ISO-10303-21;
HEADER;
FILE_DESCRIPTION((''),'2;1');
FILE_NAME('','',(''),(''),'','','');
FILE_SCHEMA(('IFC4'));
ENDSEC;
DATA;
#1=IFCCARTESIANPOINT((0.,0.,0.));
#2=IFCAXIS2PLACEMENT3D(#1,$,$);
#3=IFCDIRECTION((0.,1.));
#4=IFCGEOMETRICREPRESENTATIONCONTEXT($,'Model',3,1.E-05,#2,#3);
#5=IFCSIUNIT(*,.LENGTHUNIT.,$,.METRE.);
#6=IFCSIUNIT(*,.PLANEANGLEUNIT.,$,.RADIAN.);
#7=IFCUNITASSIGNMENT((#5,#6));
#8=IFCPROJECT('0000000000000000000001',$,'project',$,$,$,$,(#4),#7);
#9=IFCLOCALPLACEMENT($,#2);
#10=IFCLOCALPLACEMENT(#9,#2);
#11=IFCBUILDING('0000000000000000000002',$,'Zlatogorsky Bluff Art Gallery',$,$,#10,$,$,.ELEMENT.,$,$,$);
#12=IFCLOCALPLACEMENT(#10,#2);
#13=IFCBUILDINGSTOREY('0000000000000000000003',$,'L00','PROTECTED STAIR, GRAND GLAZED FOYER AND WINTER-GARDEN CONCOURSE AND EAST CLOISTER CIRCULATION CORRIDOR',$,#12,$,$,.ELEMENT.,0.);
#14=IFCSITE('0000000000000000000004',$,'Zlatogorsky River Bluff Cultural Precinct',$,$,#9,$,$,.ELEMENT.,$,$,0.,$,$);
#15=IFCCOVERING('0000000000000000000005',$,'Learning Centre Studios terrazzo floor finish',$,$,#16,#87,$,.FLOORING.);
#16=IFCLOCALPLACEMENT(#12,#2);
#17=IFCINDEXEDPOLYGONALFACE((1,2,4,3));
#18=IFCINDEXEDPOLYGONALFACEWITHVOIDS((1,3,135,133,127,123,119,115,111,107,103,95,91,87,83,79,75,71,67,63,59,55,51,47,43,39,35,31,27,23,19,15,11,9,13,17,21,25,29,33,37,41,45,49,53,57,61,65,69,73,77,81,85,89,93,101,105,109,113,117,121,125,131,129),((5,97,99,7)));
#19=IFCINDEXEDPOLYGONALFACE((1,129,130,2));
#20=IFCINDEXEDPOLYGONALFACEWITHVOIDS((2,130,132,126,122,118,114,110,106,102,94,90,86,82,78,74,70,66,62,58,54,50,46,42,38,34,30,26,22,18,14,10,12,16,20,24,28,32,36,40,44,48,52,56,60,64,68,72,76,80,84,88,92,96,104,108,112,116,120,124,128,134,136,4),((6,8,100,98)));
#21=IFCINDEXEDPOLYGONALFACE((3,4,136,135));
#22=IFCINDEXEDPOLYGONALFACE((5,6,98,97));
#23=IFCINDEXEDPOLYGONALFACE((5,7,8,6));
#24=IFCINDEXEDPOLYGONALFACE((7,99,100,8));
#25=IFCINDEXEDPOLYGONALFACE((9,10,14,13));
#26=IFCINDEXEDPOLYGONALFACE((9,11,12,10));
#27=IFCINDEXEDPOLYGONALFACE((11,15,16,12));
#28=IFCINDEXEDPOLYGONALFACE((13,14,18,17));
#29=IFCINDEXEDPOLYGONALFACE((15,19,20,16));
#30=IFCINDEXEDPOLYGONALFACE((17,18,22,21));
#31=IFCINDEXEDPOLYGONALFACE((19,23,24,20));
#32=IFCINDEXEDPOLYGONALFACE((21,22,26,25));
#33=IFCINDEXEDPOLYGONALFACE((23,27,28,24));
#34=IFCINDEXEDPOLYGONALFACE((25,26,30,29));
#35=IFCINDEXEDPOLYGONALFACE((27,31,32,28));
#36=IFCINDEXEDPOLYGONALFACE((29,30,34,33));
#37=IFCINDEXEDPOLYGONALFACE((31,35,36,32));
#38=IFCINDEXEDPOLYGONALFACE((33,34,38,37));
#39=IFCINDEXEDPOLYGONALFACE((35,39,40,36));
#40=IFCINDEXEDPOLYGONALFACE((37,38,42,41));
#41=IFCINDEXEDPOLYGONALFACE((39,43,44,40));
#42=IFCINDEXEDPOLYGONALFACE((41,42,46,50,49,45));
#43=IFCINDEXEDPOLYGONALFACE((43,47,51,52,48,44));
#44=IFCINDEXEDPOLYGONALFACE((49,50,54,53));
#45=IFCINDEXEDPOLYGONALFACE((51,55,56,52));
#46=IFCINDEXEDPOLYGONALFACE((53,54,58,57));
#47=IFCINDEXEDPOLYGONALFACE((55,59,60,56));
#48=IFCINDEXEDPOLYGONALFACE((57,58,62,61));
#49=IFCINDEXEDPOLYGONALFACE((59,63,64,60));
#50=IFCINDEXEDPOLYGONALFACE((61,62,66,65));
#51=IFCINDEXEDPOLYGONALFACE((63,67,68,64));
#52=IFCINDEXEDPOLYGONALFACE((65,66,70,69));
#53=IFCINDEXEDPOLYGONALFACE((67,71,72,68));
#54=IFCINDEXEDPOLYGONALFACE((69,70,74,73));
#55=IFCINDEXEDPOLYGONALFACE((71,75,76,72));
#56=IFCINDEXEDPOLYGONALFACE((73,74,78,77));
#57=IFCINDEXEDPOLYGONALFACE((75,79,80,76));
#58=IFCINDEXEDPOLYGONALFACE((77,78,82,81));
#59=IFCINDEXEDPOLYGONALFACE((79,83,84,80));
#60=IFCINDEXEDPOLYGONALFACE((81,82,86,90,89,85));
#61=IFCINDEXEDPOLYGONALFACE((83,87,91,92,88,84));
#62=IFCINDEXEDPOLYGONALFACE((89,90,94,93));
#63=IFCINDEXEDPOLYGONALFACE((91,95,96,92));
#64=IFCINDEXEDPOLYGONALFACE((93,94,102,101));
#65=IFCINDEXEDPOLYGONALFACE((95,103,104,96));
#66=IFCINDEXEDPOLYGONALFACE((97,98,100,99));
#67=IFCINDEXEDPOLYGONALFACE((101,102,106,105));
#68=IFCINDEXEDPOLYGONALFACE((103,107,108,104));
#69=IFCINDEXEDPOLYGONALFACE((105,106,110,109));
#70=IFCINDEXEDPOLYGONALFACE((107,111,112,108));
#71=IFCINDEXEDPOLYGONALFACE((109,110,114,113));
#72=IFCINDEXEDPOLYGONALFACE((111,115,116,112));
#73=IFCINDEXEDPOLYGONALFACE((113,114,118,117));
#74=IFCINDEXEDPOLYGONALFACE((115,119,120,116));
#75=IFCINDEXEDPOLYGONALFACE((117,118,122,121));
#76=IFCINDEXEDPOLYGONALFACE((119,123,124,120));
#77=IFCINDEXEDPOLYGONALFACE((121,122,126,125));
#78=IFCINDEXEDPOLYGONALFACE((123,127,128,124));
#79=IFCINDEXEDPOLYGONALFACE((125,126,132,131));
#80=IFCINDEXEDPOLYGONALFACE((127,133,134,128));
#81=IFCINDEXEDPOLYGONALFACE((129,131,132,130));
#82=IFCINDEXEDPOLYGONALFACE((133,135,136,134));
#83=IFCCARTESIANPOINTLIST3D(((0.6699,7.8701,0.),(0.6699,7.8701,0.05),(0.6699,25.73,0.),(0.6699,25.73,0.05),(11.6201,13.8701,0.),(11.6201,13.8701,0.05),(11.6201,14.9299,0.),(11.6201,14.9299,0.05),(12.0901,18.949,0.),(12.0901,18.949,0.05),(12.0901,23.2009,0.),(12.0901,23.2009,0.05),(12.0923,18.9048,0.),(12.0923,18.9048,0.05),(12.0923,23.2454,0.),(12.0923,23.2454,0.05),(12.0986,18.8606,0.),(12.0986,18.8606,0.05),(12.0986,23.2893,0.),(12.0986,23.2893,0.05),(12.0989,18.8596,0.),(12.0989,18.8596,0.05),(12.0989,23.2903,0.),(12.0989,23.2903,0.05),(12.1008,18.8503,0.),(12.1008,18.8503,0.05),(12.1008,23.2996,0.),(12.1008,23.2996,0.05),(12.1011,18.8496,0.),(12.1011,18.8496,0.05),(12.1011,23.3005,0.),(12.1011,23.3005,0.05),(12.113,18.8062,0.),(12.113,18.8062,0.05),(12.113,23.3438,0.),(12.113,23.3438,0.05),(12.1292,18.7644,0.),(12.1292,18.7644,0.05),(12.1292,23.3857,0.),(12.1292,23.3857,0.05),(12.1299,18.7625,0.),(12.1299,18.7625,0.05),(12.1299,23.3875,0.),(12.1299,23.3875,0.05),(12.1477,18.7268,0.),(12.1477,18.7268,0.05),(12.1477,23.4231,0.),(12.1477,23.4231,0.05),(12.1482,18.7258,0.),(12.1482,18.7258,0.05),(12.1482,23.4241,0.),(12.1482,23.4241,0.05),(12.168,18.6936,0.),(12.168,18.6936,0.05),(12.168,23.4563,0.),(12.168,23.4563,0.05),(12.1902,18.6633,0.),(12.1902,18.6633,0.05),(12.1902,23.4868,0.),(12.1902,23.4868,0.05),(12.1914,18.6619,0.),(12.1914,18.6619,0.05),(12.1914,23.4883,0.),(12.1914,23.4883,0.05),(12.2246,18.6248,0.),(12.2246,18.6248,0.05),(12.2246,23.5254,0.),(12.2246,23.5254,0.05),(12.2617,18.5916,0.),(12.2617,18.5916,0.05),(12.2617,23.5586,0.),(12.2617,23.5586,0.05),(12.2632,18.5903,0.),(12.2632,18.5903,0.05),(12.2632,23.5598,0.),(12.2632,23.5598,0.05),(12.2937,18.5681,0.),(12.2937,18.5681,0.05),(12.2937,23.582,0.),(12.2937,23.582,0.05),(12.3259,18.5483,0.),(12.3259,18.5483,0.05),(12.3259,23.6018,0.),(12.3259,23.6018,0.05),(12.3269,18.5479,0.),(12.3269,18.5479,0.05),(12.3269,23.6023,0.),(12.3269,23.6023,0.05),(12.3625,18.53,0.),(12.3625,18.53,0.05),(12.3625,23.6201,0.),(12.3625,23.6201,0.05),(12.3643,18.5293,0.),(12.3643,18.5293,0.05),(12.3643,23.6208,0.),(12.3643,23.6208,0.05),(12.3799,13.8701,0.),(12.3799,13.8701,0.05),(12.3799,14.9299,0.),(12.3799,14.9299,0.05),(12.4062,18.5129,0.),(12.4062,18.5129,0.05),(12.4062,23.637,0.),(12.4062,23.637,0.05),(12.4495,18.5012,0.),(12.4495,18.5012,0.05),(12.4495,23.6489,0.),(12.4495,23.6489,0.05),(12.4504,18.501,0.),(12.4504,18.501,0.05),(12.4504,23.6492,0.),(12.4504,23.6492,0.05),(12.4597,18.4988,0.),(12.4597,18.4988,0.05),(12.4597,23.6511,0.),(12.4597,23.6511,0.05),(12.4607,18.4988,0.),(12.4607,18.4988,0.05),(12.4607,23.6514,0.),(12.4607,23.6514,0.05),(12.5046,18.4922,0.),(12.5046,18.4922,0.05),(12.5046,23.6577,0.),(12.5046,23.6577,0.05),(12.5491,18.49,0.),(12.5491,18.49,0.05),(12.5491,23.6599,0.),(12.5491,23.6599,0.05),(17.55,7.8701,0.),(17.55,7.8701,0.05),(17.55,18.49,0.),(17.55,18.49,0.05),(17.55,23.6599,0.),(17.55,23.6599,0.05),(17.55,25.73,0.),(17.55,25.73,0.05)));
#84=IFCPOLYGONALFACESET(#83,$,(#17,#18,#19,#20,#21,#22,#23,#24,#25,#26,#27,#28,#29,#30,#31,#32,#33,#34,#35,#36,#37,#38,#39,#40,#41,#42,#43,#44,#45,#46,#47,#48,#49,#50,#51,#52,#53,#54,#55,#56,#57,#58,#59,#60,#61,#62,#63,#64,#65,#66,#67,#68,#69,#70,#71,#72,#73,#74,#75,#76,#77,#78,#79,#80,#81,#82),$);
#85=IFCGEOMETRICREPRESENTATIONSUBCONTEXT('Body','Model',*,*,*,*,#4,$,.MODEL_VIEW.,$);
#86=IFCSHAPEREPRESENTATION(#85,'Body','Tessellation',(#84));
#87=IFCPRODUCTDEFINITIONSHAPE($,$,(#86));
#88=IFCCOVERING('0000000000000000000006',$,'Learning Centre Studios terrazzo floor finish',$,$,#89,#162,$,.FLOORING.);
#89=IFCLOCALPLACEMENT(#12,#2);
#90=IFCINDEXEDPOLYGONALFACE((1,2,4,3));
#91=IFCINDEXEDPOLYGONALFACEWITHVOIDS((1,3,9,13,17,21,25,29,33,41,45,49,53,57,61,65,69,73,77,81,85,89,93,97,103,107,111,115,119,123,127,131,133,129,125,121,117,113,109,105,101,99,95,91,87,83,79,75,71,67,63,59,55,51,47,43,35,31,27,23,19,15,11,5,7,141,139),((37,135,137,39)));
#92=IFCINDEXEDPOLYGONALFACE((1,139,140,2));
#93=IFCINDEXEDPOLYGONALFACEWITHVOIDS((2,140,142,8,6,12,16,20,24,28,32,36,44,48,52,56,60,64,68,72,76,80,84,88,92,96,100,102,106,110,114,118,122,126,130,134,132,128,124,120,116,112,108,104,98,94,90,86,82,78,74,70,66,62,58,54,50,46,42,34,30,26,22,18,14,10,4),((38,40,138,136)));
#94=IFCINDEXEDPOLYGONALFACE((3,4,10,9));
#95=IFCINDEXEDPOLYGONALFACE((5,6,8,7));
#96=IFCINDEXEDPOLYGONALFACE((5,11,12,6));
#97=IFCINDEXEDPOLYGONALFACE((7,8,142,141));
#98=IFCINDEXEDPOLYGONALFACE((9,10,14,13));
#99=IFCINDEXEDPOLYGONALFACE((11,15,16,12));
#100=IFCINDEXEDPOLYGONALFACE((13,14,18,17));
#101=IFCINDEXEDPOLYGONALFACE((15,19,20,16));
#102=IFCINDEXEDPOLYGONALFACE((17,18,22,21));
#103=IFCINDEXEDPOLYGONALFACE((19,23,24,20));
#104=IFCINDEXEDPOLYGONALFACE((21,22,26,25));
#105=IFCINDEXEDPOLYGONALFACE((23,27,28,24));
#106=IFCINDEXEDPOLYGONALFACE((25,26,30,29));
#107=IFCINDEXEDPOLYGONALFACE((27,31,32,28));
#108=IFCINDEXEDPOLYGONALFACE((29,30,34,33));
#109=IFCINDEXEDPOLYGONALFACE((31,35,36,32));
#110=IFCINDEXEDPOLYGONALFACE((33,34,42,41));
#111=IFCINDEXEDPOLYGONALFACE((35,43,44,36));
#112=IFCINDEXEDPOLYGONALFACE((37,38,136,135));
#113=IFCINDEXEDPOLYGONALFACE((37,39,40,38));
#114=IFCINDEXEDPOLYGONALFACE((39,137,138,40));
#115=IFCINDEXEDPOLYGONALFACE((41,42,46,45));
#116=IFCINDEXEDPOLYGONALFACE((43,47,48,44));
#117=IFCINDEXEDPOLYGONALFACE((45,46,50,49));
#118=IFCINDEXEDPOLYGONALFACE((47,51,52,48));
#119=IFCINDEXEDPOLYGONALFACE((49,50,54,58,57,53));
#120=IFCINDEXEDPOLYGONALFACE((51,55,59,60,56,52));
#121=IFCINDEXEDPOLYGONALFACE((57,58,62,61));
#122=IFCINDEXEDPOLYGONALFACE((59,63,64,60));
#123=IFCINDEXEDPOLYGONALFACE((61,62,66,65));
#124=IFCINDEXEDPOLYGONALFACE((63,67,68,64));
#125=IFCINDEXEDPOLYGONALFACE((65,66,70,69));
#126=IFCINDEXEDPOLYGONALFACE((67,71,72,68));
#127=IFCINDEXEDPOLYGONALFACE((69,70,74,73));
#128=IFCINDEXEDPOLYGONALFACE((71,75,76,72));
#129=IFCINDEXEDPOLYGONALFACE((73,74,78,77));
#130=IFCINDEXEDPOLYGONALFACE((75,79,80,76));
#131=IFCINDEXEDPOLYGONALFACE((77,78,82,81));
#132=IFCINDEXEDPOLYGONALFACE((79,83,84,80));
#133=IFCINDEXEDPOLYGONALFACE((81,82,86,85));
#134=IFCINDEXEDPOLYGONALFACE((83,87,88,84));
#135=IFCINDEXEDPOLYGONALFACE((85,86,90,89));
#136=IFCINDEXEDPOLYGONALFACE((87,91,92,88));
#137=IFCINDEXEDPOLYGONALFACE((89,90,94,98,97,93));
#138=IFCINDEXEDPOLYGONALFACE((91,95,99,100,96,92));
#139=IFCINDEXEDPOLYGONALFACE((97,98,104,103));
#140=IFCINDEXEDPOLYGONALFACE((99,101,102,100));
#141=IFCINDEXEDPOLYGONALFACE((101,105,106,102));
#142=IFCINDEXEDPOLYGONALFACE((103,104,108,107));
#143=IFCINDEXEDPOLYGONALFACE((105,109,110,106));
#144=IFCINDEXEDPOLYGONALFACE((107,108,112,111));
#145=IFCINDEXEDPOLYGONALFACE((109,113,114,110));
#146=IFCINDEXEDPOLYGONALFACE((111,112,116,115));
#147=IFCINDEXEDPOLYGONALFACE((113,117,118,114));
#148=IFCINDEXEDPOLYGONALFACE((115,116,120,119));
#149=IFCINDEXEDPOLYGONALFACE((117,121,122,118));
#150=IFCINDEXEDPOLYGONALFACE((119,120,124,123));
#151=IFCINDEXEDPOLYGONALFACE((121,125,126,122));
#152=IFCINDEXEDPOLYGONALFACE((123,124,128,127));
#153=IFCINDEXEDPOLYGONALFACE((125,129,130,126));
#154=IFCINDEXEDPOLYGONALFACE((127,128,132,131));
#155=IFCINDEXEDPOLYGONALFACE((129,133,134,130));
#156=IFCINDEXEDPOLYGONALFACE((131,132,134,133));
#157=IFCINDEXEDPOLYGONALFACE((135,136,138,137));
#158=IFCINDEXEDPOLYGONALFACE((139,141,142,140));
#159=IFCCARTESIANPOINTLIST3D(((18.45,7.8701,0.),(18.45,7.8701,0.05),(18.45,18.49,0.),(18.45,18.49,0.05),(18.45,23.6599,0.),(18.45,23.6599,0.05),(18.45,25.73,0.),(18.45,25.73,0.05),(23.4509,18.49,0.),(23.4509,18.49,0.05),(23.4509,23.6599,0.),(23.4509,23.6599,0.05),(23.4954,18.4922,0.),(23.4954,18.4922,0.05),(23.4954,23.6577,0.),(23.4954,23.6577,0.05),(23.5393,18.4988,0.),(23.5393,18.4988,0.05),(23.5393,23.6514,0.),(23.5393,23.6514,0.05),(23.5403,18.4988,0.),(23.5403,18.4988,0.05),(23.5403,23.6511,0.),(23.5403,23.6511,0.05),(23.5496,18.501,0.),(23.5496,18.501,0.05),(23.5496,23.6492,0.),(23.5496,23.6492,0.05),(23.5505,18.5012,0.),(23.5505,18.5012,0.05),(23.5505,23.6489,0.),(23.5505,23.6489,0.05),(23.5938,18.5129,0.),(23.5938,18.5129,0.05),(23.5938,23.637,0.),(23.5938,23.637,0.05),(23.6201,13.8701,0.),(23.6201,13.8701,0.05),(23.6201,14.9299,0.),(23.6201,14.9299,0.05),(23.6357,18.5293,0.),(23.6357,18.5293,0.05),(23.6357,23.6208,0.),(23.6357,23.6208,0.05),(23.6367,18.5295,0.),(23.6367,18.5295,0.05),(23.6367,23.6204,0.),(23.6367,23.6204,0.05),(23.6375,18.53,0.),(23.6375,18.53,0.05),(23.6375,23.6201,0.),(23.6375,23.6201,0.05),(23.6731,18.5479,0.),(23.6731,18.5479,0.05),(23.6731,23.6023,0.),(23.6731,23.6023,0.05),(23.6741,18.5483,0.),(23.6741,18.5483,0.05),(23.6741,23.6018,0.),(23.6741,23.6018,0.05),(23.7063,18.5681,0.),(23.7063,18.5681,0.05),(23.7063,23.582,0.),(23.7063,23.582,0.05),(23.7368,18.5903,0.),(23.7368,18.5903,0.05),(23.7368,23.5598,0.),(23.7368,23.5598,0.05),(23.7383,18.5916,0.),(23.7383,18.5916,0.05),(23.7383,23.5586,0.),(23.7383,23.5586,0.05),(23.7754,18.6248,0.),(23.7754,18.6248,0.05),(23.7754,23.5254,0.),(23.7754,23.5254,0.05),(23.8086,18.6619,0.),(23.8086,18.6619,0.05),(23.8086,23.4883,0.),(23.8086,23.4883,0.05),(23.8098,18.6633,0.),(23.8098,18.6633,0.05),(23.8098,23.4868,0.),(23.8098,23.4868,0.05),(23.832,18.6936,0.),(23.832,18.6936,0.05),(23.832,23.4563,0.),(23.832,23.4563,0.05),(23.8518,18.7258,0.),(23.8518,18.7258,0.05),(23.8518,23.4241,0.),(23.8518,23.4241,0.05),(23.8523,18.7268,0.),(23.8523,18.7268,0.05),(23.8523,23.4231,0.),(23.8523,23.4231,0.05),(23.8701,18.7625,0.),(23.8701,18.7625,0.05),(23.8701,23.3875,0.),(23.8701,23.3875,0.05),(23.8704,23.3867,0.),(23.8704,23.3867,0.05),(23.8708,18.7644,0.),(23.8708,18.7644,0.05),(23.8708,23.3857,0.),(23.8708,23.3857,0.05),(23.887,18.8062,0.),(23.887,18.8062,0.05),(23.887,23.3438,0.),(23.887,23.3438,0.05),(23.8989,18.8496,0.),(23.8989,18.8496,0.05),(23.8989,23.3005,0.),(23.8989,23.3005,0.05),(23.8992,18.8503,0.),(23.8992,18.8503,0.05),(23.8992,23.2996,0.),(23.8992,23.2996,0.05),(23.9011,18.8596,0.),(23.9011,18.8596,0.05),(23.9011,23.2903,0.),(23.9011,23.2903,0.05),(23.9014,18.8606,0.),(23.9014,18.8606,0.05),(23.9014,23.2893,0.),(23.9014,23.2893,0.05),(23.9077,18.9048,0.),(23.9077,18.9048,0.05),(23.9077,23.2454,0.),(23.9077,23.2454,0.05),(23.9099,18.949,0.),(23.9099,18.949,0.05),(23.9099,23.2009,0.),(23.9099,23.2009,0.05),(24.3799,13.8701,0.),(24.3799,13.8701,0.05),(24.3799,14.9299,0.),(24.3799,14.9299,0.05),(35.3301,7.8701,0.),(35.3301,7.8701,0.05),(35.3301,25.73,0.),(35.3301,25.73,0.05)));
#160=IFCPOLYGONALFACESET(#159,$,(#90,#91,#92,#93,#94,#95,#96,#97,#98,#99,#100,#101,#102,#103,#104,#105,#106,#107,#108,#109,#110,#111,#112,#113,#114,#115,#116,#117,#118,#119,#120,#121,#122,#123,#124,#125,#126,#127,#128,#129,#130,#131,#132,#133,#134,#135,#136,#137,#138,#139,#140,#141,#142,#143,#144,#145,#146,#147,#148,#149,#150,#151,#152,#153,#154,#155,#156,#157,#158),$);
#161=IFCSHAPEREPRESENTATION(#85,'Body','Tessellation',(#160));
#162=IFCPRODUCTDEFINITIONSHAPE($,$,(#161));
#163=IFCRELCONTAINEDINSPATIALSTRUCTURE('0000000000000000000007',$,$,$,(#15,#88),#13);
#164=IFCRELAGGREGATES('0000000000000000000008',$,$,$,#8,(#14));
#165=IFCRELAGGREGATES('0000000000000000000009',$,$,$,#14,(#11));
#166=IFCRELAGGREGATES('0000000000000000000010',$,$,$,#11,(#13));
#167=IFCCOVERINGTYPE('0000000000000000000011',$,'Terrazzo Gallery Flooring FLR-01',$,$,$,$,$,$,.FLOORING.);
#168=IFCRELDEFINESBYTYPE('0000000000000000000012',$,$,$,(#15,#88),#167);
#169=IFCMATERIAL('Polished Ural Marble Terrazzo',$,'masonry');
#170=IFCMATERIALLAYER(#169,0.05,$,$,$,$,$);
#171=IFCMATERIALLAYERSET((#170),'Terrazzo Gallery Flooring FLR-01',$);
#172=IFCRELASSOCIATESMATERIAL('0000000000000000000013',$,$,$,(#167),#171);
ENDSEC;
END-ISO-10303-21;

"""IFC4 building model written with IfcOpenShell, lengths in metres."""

from ifc_helpers import new_model, si_unit, direction, origin, place, context, subcontext, project, spatial, polyline, outline, extrude, material, layer, layer_set, type_object, element, save


model = new_model("IFC4")

# Units and contexts
model_context = context("Model", 3, precision=1e-05, world=origin(), true_north=direction((0.0, 1.0)))
body_context = subcontext(model_context, "Body", "Model", "MODEL_VIEW")
ifc_project = project(units=[si_unit("LENGTHUNIT", "METRE"), si_unit("PLANEANGLEUNIT", "RADIAN")], contexts=[model_context])

# Site, building, storey
site_placement = place(None, origin())
site = spatial("IfcSite", under=ifc_project, at=site_placement, Name="Zlatogorsky River Bluff Cultural Precinct", CompositionType="ELEMENT", RefElevation=0.0)
building_placement = place(site_placement, origin())
building = spatial("IfcBuilding", under=site, at=building_placement, Name="Zlatogorsky Bluff Art Gallery", CompositionType="ELEMENT")
storey_placement = place(building_placement, origin())
storey = spatial("IfcBuildingStorey", under=building, at=storey_placement, Name="L00", Description="PROTECTED STAIR, GRAND GLAZED FOYER AND WINTER-GARDEN CONCOURSE AND EAST CLOISTER CIRCULATION CORRIDOR", CompositionType="ELEMENT", Elevation=0.0)

# Coverings
ifc_material_1 = material(Name="Polished Ural Marble Terrazzo", Category="masonry")
ifc_layer_1 = layer(ifc_material_1, 0.05)
ifc_layer_set_1 = layer_set([ifc_layer_1], Name="Terrazzo Gallery Flooring FLR-01")
covering_type_1 = type_object("IfcCoveringType", Name="Terrazzo Gallery Flooring FLR-01", PredefinedType="FLOORING", material=ifc_layer_set_1)
covering_1_placement = place(storey_placement, origin())
element("IfcCovering", 1, at=covering_1_placement, inside=storey, type_object=covering_type_1, Name="Learning Centre Studios terrazzo floor finish", PredefinedType="FLOORING", context=body_context, shape_type="SweptSolid", body=[
    extrude(outline(polyline([(17.55, 23.6599), (12.5491, 23.6599), (12.5046, 23.6577), (12.4607, 23.6514), (12.4597, 23.6511), (12.4504, 23.6492), (12.4495, 23.6489), (12.4062, 23.637), (12.3643, 23.6208), (12.3625, 23.6201), (12.3269, 23.6023), (12.3259, 23.6018), (12.2937, 23.582), (12.2632, 23.5598), (12.2617, 23.5586), (12.2246, 23.5254), (12.1914, 23.4883), (12.1902, 23.4868), (12.168, 23.4563), (12.1482, 23.4241), (12.1477, 23.4231), (12.1299, 23.3875), (12.1292, 23.3857), (12.113, 23.3438), (12.1011, 23.3005), (12.1008, 23.2996), (12.0989, 23.2903), (12.0986, 23.2893), (12.0923, 23.2454), (12.0901, 23.2009), (12.0901, 18.949), (12.0923, 18.9048), (12.0986, 18.8606), (12.0989, 18.8596), (12.1008, 18.8503), (12.1011, 18.8496), (12.113, 18.8062), (12.1292, 18.7644), (12.1299, 18.7625), (12.1477, 18.7268), (12.1482, 18.7258), (12.168, 18.6936), (12.1902, 18.6633), (12.1914, 18.6619), (12.2246, 18.6248), (12.2617, 18.5916), (12.2632, 18.5903), (12.2937, 18.5681), (12.3259, 18.5483), (12.3269, 18.5479), (12.3625, 18.53), (12.3643, 18.5293), (12.4062, 18.5129), (12.4495, 18.5012), (12.4504, 18.501), (12.4597, 18.4988), (12.4607, 18.4988), (12.5046, 18.4922), (12.5491, 18.49), (17.55, 18.49), (17.55, 7.8701), (0.6699, 7.8701), (0.6699, 25.73), (17.55, 25.73), (17.55, 23.6599)]), holes=[polyline([(11.6201, 14.9299), (11.6201, 13.8701), (12.3799, 13.8701), (12.3799, 14.9299), (11.6201, 14.9299)])]), origin(), (0.0, 0.0, 1.0), 0.05),
])
covering_2_placement = place(storey_placement, origin())
element("IfcCovering", 2, at=covering_2_placement, inside=storey, type_object=covering_type_1, Name="Learning Centre Studios terrazzo floor finish", PredefinedType="FLOORING", context=body_context, shape_type="SweptSolid", body=[
    extrude(outline(polyline([(35.3301, 7.8701), (18.45, 7.8701), (18.45, 18.49), (23.4509, 18.49), (23.4954, 18.4922), (23.5393, 18.4988), (23.5403, 18.4988), (23.5496, 18.501), (23.5505, 18.5012), (23.5938, 18.5129), (23.6357, 18.5293), (23.6367, 18.5295), (23.6375, 18.53), (23.6731, 18.5479), (23.6741, 18.5483), (23.7063, 18.5681), (23.7368, 18.5903), (23.7383, 18.5916), (23.7754, 18.6248), (23.8086, 18.6619), (23.8098, 18.6633), (23.832, 18.6936), (23.8518, 18.7258), (23.8523, 18.7268), (23.8701, 18.7625), (23.8708, 18.7644), (23.887, 18.8062), (23.8989, 18.8496), (23.8992, 18.8503), (23.9011, 18.8596), (23.9014, 18.8606), (23.9077, 18.9048), (23.9099, 18.949), (23.9099, 23.2009), (23.9077, 23.2454), (23.9014, 23.2893), (23.9011, 23.2903), (23.8992, 23.2996), (23.8989, 23.3005), (23.887, 23.3438), (23.8708, 23.3857), (23.8704, 23.3867), (23.8701, 23.3875), (23.8523, 23.4231), (23.8518, 23.4241), (23.832, 23.4563), (23.8098, 23.4868), (23.8086, 23.4883), (23.7754, 23.5254), (23.7383, 23.5586), (23.7368, 23.5598), (23.7063, 23.582), (23.6741, 23.6018), (23.6731, 23.6023), (23.6375, 23.6201), (23.6367, 23.6204), (23.6357, 23.6208), (23.5938, 23.637), (23.5505, 23.6489), (23.5496, 23.6492), (23.5403, 23.6511), (23.5393, 23.6514), (23.4954, 23.6577), (23.4509, 23.6599), (18.45, 23.6599), (18.45, 25.73), (35.3301, 25.73), (35.3301, 7.8701)]), holes=[polyline([(23.6201, 13.8701), (24.3799, 13.8701), (24.3799, 14.9299), (23.6201, 14.9299), (23.6201, 13.8701)])]), origin(), (0.0, 0.0, 1.0), 0.05),
])

save(model, "model.ifc")
